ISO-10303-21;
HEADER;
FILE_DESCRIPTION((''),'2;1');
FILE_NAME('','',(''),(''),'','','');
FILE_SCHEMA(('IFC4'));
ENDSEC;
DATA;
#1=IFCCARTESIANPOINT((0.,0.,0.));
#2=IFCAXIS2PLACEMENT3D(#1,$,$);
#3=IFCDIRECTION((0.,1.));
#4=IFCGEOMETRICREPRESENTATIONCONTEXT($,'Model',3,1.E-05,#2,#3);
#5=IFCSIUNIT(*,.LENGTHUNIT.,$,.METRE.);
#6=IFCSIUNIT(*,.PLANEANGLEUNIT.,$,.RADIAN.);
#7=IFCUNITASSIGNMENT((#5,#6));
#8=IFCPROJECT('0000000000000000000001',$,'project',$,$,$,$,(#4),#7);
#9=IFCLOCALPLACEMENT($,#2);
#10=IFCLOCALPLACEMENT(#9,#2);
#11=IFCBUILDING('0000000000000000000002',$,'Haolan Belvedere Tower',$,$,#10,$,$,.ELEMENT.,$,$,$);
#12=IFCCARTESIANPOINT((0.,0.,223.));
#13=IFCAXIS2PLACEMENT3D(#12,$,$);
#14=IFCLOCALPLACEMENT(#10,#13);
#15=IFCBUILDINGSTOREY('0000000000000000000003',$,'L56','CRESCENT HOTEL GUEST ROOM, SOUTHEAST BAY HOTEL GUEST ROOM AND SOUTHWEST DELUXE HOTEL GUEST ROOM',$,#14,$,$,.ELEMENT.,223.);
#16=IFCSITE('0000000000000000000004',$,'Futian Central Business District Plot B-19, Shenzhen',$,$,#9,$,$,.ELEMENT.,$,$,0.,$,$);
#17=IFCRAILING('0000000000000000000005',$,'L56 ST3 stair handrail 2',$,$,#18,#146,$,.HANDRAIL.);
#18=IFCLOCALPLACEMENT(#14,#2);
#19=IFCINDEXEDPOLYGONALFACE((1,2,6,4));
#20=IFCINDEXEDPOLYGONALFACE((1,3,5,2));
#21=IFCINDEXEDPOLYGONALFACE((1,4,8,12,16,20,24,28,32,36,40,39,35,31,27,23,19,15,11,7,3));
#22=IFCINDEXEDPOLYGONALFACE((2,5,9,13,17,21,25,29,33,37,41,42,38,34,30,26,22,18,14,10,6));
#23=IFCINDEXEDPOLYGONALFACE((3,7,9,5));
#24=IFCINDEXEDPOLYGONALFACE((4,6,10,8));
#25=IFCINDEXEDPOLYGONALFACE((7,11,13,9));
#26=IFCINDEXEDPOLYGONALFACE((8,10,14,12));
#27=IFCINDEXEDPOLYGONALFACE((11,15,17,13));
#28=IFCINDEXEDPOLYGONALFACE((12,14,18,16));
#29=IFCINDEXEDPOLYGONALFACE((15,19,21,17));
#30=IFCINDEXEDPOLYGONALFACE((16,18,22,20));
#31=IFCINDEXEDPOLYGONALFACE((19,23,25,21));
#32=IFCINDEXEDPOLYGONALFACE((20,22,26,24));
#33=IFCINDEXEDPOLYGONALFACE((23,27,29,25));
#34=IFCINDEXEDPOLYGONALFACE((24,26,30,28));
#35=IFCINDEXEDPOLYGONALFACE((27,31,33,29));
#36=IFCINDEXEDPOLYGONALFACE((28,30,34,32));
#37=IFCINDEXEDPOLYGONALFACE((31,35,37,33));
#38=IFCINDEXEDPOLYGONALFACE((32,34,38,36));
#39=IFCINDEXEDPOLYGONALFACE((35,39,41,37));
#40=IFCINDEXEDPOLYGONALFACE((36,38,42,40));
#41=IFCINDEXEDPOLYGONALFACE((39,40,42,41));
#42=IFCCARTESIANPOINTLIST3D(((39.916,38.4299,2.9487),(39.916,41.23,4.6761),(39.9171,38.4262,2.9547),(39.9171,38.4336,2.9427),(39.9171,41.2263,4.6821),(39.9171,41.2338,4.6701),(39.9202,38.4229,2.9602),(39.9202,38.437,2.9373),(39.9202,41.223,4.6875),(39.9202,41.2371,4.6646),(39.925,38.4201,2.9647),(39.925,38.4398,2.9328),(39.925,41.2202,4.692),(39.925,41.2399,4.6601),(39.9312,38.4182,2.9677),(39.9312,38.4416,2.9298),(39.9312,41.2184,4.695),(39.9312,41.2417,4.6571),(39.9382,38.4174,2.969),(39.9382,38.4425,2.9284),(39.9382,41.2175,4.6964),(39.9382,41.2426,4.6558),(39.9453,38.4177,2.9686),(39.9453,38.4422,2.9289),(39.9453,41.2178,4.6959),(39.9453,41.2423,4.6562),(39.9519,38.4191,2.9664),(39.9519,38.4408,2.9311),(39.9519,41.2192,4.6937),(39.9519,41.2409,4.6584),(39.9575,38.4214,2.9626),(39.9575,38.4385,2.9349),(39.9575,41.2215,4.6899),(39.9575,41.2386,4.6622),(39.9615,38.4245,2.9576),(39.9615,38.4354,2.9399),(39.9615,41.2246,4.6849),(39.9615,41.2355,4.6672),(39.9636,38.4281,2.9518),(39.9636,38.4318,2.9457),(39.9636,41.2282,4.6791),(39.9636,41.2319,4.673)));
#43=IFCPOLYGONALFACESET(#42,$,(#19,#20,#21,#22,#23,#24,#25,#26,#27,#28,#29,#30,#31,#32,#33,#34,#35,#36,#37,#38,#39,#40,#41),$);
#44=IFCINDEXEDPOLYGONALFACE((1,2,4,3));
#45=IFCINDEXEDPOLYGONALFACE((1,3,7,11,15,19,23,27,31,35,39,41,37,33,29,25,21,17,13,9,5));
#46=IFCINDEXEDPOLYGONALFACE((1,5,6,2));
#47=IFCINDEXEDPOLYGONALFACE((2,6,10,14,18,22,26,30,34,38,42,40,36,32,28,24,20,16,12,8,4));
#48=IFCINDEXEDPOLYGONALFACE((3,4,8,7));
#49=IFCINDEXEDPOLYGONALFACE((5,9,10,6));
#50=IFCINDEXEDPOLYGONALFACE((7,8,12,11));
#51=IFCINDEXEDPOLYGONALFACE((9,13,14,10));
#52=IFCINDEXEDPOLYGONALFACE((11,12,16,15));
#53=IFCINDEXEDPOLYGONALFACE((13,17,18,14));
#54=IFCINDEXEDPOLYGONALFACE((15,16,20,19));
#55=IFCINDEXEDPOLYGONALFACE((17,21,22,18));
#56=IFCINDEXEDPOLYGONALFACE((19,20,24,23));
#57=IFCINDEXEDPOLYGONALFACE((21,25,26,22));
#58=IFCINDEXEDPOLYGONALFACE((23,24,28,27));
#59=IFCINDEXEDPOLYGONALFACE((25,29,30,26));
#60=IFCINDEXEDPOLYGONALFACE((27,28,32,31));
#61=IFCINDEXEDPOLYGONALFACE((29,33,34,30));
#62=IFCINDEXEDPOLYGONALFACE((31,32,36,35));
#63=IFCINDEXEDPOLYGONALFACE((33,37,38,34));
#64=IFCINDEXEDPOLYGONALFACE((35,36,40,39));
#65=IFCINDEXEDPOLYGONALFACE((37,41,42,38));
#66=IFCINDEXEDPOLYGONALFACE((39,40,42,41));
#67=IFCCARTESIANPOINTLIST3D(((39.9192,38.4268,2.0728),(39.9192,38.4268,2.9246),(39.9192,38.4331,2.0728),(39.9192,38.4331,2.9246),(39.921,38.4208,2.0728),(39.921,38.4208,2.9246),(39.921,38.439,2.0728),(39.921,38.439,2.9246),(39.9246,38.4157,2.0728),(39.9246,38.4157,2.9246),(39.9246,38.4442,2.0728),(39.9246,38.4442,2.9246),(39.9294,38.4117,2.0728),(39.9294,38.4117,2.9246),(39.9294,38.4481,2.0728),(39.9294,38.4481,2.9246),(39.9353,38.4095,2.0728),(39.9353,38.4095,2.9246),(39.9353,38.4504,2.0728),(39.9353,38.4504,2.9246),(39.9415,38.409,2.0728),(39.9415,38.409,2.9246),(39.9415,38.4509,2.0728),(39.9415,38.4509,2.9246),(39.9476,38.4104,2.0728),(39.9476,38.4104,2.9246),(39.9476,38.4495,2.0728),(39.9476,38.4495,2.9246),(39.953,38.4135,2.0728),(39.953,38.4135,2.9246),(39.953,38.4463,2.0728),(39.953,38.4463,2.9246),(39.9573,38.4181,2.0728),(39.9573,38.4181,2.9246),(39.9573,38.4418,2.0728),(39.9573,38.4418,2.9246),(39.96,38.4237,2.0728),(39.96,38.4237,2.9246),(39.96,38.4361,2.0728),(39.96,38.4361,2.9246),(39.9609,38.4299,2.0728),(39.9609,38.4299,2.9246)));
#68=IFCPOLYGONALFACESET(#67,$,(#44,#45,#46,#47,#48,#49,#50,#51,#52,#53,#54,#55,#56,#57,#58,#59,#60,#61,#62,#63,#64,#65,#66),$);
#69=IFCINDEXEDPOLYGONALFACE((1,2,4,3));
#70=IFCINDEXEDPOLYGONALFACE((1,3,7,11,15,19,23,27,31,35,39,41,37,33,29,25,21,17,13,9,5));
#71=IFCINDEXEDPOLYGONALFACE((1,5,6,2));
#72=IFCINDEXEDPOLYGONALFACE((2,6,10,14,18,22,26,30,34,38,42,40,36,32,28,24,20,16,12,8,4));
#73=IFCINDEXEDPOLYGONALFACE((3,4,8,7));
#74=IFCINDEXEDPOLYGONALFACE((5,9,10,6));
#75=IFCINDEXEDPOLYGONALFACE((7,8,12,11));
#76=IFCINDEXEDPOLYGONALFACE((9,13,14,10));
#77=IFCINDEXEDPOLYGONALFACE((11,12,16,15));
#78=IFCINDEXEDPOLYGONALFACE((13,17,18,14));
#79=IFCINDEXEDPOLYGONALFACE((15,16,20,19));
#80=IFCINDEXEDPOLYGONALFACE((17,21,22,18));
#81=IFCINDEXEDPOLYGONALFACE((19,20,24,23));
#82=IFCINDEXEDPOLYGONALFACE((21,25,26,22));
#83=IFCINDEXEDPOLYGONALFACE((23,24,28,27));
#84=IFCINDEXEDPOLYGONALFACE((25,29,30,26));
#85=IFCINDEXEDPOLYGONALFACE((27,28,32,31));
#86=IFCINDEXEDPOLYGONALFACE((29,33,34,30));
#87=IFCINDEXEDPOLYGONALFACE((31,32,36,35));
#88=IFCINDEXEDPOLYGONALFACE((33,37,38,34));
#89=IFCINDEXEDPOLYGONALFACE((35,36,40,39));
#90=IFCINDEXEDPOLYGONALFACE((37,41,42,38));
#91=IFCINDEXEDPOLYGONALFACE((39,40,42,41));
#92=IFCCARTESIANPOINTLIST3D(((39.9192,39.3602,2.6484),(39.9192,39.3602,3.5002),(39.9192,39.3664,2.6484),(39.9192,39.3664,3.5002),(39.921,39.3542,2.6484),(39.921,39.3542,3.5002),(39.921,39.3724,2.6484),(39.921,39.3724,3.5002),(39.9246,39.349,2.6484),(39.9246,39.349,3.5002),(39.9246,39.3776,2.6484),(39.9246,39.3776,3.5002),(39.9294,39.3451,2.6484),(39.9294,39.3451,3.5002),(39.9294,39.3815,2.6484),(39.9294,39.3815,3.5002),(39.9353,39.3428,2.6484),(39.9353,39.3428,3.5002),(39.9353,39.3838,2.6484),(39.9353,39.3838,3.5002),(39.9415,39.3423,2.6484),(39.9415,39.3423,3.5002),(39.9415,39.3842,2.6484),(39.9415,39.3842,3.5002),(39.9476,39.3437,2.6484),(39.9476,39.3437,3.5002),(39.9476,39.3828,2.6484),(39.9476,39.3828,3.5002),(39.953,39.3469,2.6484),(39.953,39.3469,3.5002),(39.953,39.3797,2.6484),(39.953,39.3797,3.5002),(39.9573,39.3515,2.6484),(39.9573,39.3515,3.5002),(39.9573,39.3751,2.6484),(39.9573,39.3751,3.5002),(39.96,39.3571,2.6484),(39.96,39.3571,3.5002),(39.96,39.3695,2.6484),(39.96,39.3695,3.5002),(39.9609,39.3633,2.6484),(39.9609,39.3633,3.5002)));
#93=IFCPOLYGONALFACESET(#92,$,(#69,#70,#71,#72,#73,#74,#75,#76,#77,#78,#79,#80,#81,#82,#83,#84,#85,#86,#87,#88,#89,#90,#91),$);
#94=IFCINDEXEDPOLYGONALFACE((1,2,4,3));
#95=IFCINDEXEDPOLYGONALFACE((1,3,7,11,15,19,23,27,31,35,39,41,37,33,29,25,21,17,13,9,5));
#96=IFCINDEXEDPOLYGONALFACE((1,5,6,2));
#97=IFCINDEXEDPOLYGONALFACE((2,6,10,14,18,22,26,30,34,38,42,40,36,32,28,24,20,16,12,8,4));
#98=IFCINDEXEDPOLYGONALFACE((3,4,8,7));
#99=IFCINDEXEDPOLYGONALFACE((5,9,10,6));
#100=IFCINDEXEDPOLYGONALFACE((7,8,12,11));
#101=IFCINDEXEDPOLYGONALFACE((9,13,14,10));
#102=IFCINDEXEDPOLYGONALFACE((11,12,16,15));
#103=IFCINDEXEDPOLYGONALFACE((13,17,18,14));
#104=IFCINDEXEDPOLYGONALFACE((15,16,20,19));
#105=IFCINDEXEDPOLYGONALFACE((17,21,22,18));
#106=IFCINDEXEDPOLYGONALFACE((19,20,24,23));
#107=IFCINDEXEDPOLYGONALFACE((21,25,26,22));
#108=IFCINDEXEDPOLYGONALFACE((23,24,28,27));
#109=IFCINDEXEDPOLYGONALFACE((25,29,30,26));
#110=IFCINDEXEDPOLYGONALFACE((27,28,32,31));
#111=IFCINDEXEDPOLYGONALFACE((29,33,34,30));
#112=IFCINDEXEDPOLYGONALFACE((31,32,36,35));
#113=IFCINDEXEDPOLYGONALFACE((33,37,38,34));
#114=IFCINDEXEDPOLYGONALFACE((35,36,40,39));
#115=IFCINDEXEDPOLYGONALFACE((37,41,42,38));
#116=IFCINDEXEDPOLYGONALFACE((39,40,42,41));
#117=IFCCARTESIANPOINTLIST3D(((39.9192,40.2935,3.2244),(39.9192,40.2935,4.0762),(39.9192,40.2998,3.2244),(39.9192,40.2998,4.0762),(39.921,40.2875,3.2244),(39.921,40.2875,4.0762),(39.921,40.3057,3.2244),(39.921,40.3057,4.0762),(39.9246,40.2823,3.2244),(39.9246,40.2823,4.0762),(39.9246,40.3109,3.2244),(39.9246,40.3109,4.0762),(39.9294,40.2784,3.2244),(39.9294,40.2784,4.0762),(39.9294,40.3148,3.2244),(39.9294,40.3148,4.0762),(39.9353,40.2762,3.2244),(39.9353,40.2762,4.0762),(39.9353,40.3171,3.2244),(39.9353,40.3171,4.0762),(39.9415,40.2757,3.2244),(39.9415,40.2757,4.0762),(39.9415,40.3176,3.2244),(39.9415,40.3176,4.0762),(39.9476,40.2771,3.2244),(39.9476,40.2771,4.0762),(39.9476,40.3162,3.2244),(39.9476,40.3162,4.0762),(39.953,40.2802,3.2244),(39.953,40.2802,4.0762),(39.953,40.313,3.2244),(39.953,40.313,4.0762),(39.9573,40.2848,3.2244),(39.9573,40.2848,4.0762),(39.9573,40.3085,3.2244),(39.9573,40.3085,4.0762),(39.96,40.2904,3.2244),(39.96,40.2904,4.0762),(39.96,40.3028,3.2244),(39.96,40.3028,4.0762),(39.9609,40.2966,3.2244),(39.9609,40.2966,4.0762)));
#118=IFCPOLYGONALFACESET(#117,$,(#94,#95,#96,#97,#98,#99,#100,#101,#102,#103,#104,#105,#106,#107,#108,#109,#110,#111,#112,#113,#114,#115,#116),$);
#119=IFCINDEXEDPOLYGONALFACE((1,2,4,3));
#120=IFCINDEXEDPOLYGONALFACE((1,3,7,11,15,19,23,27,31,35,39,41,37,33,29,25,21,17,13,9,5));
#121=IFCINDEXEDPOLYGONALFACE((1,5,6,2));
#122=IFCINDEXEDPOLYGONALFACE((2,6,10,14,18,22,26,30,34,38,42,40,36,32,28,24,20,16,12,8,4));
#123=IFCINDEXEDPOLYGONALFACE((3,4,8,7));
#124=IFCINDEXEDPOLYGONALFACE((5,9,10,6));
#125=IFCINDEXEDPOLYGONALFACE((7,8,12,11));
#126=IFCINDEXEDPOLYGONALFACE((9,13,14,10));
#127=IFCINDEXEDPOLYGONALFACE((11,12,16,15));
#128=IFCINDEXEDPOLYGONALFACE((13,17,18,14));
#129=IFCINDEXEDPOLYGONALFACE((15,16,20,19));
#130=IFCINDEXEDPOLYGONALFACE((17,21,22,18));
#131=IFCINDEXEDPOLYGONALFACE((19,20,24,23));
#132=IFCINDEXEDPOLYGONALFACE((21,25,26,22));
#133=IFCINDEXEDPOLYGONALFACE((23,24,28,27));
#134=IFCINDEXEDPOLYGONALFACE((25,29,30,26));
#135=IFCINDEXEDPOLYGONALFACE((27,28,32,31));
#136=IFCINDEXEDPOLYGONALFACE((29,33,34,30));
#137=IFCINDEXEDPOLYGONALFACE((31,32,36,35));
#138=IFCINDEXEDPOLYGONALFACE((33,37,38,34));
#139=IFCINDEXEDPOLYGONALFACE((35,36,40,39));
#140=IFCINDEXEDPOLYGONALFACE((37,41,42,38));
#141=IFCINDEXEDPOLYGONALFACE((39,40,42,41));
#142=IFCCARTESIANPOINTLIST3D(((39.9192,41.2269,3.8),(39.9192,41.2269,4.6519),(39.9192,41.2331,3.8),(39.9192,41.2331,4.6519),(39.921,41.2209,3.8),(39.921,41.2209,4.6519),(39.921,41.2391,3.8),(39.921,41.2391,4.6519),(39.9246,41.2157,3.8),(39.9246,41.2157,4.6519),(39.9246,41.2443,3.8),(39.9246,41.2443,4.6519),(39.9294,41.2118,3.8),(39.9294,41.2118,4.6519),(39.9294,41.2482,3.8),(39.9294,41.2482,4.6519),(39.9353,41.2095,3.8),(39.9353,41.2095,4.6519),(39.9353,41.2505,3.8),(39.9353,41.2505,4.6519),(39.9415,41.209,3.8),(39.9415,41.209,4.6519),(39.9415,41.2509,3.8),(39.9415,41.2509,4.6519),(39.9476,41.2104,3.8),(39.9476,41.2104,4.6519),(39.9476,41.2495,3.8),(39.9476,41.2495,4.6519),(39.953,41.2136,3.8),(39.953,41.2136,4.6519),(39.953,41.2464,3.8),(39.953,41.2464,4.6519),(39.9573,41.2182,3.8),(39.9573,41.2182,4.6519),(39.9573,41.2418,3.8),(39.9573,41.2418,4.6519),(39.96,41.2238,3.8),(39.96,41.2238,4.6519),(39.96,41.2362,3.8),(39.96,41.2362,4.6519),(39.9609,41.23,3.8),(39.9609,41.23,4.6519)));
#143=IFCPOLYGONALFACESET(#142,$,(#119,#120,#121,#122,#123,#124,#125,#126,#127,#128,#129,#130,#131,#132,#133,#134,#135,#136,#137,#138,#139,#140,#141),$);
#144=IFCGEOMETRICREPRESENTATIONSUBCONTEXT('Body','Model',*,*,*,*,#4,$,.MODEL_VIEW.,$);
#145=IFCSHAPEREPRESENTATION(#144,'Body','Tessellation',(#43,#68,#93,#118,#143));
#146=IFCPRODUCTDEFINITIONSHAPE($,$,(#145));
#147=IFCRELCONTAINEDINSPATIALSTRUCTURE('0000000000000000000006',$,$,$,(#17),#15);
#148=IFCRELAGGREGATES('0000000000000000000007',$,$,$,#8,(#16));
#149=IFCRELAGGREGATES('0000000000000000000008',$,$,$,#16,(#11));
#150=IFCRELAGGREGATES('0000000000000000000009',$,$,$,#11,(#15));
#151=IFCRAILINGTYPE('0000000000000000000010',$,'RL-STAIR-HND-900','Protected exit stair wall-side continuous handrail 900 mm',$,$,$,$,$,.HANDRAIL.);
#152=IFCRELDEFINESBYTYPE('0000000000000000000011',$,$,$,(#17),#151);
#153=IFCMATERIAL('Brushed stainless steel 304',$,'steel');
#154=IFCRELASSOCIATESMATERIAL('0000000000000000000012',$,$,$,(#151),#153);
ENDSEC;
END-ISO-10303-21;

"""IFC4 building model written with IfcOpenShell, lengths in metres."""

from ifc_helpers import new_model, si_unit, direction, frame, origin, origin_2d, place, context, subcontext, project, spatial, circle, extrude, material, type_object, element, save


model = new_model("IFC4")

# Units and contexts
model_context = context("Model", 3, precision=1e-05, world=origin(), true_north=direction((0.0, 1.0)))
body_context = subcontext(model_context, "Body", "Model", "MODEL_VIEW")
ifc_project = project(units=[si_unit("LENGTHUNIT", "METRE"), si_unit("PLANEANGLEUNIT", "RADIAN")], contexts=[model_context])

# Site, building, storey
site_placement = place(None, origin())
site = spatial("IfcSite", under=ifc_project, at=site_placement, Name="Futian Central Business District Plot B-19, Shenzhen", CompositionType="ELEMENT", RefElevation=0.0)
building_placement = place(site_placement, origin())
building = spatial("IfcBuilding", under=site, at=building_placement, Name="Haolan Belvedere Tower", CompositionType="ELEMENT")
storey_placement = place(building_placement, frame((0.0, 0.0, 223.0)))
storey = spatial("IfcBuildingStorey", under=building, at=storey_placement, Name="L56", Description="CRESCENT HOTEL GUEST ROOM, SOUTHEAST BAY HOTEL GUEST ROOM AND SOUTHWEST DELUXE HOTEL GUEST ROOM", CompositionType="ELEMENT", Elevation=223.0)

# Railing
ifc_material_1 = material(Name="Brushed stainless steel 304", Category="steel")
railing_type_1 = type_object("IfcRailingType", Name="RL-STAIR-HND-900", Description="Protected exit stair wall-side continuous handrail 900 mm", PredefinedType="HANDRAIL", material=ifc_material_1)
railing_1_placement = place(storey_placement, frame((39.9399, 38.4299, 2.0728)))
element("IfcRailing", 1, at=railing_1_placement, inside=storey, type_object=railing_type_1, Name="L56 ST3 stair handrail 2", PredefinedType="HANDRAIL", context=body_context, shape_type="SweptSolid", body=[
    extrude(circle(Radius=0.0239, at=origin_2d()), frame((0.0, 0.0, 0.876), z_axis=(0.0, 0.85109, 0.52502), x_axis=(-1.0, 0.0, 0.0)), (0.0, 0.0, 1.0), 3.29),
    extrude(circle(Radius=0.021, at=origin_2d()), origin(), (0.0, 0.0, 1.0), 0.8518),
    extrude(circle(Radius=0.021, at=origin_2d()), frame((0.0, 0.9333, 0.5757)), (0.0, 0.0, 1.0), 0.8518),
    extrude(circle(Radius=0.021, at=origin_2d()), frame((0.0, 1.8667, 1.1516)), (0.0, 0.0, 1.0), 0.8518),
    extrude(circle(Radius=0.021, at=origin_2d()), frame((0.0, 2.8, 1.7273)), (0.0, 0.0, 1.0), 0.8518),
])

save(model, "model.ifc")
